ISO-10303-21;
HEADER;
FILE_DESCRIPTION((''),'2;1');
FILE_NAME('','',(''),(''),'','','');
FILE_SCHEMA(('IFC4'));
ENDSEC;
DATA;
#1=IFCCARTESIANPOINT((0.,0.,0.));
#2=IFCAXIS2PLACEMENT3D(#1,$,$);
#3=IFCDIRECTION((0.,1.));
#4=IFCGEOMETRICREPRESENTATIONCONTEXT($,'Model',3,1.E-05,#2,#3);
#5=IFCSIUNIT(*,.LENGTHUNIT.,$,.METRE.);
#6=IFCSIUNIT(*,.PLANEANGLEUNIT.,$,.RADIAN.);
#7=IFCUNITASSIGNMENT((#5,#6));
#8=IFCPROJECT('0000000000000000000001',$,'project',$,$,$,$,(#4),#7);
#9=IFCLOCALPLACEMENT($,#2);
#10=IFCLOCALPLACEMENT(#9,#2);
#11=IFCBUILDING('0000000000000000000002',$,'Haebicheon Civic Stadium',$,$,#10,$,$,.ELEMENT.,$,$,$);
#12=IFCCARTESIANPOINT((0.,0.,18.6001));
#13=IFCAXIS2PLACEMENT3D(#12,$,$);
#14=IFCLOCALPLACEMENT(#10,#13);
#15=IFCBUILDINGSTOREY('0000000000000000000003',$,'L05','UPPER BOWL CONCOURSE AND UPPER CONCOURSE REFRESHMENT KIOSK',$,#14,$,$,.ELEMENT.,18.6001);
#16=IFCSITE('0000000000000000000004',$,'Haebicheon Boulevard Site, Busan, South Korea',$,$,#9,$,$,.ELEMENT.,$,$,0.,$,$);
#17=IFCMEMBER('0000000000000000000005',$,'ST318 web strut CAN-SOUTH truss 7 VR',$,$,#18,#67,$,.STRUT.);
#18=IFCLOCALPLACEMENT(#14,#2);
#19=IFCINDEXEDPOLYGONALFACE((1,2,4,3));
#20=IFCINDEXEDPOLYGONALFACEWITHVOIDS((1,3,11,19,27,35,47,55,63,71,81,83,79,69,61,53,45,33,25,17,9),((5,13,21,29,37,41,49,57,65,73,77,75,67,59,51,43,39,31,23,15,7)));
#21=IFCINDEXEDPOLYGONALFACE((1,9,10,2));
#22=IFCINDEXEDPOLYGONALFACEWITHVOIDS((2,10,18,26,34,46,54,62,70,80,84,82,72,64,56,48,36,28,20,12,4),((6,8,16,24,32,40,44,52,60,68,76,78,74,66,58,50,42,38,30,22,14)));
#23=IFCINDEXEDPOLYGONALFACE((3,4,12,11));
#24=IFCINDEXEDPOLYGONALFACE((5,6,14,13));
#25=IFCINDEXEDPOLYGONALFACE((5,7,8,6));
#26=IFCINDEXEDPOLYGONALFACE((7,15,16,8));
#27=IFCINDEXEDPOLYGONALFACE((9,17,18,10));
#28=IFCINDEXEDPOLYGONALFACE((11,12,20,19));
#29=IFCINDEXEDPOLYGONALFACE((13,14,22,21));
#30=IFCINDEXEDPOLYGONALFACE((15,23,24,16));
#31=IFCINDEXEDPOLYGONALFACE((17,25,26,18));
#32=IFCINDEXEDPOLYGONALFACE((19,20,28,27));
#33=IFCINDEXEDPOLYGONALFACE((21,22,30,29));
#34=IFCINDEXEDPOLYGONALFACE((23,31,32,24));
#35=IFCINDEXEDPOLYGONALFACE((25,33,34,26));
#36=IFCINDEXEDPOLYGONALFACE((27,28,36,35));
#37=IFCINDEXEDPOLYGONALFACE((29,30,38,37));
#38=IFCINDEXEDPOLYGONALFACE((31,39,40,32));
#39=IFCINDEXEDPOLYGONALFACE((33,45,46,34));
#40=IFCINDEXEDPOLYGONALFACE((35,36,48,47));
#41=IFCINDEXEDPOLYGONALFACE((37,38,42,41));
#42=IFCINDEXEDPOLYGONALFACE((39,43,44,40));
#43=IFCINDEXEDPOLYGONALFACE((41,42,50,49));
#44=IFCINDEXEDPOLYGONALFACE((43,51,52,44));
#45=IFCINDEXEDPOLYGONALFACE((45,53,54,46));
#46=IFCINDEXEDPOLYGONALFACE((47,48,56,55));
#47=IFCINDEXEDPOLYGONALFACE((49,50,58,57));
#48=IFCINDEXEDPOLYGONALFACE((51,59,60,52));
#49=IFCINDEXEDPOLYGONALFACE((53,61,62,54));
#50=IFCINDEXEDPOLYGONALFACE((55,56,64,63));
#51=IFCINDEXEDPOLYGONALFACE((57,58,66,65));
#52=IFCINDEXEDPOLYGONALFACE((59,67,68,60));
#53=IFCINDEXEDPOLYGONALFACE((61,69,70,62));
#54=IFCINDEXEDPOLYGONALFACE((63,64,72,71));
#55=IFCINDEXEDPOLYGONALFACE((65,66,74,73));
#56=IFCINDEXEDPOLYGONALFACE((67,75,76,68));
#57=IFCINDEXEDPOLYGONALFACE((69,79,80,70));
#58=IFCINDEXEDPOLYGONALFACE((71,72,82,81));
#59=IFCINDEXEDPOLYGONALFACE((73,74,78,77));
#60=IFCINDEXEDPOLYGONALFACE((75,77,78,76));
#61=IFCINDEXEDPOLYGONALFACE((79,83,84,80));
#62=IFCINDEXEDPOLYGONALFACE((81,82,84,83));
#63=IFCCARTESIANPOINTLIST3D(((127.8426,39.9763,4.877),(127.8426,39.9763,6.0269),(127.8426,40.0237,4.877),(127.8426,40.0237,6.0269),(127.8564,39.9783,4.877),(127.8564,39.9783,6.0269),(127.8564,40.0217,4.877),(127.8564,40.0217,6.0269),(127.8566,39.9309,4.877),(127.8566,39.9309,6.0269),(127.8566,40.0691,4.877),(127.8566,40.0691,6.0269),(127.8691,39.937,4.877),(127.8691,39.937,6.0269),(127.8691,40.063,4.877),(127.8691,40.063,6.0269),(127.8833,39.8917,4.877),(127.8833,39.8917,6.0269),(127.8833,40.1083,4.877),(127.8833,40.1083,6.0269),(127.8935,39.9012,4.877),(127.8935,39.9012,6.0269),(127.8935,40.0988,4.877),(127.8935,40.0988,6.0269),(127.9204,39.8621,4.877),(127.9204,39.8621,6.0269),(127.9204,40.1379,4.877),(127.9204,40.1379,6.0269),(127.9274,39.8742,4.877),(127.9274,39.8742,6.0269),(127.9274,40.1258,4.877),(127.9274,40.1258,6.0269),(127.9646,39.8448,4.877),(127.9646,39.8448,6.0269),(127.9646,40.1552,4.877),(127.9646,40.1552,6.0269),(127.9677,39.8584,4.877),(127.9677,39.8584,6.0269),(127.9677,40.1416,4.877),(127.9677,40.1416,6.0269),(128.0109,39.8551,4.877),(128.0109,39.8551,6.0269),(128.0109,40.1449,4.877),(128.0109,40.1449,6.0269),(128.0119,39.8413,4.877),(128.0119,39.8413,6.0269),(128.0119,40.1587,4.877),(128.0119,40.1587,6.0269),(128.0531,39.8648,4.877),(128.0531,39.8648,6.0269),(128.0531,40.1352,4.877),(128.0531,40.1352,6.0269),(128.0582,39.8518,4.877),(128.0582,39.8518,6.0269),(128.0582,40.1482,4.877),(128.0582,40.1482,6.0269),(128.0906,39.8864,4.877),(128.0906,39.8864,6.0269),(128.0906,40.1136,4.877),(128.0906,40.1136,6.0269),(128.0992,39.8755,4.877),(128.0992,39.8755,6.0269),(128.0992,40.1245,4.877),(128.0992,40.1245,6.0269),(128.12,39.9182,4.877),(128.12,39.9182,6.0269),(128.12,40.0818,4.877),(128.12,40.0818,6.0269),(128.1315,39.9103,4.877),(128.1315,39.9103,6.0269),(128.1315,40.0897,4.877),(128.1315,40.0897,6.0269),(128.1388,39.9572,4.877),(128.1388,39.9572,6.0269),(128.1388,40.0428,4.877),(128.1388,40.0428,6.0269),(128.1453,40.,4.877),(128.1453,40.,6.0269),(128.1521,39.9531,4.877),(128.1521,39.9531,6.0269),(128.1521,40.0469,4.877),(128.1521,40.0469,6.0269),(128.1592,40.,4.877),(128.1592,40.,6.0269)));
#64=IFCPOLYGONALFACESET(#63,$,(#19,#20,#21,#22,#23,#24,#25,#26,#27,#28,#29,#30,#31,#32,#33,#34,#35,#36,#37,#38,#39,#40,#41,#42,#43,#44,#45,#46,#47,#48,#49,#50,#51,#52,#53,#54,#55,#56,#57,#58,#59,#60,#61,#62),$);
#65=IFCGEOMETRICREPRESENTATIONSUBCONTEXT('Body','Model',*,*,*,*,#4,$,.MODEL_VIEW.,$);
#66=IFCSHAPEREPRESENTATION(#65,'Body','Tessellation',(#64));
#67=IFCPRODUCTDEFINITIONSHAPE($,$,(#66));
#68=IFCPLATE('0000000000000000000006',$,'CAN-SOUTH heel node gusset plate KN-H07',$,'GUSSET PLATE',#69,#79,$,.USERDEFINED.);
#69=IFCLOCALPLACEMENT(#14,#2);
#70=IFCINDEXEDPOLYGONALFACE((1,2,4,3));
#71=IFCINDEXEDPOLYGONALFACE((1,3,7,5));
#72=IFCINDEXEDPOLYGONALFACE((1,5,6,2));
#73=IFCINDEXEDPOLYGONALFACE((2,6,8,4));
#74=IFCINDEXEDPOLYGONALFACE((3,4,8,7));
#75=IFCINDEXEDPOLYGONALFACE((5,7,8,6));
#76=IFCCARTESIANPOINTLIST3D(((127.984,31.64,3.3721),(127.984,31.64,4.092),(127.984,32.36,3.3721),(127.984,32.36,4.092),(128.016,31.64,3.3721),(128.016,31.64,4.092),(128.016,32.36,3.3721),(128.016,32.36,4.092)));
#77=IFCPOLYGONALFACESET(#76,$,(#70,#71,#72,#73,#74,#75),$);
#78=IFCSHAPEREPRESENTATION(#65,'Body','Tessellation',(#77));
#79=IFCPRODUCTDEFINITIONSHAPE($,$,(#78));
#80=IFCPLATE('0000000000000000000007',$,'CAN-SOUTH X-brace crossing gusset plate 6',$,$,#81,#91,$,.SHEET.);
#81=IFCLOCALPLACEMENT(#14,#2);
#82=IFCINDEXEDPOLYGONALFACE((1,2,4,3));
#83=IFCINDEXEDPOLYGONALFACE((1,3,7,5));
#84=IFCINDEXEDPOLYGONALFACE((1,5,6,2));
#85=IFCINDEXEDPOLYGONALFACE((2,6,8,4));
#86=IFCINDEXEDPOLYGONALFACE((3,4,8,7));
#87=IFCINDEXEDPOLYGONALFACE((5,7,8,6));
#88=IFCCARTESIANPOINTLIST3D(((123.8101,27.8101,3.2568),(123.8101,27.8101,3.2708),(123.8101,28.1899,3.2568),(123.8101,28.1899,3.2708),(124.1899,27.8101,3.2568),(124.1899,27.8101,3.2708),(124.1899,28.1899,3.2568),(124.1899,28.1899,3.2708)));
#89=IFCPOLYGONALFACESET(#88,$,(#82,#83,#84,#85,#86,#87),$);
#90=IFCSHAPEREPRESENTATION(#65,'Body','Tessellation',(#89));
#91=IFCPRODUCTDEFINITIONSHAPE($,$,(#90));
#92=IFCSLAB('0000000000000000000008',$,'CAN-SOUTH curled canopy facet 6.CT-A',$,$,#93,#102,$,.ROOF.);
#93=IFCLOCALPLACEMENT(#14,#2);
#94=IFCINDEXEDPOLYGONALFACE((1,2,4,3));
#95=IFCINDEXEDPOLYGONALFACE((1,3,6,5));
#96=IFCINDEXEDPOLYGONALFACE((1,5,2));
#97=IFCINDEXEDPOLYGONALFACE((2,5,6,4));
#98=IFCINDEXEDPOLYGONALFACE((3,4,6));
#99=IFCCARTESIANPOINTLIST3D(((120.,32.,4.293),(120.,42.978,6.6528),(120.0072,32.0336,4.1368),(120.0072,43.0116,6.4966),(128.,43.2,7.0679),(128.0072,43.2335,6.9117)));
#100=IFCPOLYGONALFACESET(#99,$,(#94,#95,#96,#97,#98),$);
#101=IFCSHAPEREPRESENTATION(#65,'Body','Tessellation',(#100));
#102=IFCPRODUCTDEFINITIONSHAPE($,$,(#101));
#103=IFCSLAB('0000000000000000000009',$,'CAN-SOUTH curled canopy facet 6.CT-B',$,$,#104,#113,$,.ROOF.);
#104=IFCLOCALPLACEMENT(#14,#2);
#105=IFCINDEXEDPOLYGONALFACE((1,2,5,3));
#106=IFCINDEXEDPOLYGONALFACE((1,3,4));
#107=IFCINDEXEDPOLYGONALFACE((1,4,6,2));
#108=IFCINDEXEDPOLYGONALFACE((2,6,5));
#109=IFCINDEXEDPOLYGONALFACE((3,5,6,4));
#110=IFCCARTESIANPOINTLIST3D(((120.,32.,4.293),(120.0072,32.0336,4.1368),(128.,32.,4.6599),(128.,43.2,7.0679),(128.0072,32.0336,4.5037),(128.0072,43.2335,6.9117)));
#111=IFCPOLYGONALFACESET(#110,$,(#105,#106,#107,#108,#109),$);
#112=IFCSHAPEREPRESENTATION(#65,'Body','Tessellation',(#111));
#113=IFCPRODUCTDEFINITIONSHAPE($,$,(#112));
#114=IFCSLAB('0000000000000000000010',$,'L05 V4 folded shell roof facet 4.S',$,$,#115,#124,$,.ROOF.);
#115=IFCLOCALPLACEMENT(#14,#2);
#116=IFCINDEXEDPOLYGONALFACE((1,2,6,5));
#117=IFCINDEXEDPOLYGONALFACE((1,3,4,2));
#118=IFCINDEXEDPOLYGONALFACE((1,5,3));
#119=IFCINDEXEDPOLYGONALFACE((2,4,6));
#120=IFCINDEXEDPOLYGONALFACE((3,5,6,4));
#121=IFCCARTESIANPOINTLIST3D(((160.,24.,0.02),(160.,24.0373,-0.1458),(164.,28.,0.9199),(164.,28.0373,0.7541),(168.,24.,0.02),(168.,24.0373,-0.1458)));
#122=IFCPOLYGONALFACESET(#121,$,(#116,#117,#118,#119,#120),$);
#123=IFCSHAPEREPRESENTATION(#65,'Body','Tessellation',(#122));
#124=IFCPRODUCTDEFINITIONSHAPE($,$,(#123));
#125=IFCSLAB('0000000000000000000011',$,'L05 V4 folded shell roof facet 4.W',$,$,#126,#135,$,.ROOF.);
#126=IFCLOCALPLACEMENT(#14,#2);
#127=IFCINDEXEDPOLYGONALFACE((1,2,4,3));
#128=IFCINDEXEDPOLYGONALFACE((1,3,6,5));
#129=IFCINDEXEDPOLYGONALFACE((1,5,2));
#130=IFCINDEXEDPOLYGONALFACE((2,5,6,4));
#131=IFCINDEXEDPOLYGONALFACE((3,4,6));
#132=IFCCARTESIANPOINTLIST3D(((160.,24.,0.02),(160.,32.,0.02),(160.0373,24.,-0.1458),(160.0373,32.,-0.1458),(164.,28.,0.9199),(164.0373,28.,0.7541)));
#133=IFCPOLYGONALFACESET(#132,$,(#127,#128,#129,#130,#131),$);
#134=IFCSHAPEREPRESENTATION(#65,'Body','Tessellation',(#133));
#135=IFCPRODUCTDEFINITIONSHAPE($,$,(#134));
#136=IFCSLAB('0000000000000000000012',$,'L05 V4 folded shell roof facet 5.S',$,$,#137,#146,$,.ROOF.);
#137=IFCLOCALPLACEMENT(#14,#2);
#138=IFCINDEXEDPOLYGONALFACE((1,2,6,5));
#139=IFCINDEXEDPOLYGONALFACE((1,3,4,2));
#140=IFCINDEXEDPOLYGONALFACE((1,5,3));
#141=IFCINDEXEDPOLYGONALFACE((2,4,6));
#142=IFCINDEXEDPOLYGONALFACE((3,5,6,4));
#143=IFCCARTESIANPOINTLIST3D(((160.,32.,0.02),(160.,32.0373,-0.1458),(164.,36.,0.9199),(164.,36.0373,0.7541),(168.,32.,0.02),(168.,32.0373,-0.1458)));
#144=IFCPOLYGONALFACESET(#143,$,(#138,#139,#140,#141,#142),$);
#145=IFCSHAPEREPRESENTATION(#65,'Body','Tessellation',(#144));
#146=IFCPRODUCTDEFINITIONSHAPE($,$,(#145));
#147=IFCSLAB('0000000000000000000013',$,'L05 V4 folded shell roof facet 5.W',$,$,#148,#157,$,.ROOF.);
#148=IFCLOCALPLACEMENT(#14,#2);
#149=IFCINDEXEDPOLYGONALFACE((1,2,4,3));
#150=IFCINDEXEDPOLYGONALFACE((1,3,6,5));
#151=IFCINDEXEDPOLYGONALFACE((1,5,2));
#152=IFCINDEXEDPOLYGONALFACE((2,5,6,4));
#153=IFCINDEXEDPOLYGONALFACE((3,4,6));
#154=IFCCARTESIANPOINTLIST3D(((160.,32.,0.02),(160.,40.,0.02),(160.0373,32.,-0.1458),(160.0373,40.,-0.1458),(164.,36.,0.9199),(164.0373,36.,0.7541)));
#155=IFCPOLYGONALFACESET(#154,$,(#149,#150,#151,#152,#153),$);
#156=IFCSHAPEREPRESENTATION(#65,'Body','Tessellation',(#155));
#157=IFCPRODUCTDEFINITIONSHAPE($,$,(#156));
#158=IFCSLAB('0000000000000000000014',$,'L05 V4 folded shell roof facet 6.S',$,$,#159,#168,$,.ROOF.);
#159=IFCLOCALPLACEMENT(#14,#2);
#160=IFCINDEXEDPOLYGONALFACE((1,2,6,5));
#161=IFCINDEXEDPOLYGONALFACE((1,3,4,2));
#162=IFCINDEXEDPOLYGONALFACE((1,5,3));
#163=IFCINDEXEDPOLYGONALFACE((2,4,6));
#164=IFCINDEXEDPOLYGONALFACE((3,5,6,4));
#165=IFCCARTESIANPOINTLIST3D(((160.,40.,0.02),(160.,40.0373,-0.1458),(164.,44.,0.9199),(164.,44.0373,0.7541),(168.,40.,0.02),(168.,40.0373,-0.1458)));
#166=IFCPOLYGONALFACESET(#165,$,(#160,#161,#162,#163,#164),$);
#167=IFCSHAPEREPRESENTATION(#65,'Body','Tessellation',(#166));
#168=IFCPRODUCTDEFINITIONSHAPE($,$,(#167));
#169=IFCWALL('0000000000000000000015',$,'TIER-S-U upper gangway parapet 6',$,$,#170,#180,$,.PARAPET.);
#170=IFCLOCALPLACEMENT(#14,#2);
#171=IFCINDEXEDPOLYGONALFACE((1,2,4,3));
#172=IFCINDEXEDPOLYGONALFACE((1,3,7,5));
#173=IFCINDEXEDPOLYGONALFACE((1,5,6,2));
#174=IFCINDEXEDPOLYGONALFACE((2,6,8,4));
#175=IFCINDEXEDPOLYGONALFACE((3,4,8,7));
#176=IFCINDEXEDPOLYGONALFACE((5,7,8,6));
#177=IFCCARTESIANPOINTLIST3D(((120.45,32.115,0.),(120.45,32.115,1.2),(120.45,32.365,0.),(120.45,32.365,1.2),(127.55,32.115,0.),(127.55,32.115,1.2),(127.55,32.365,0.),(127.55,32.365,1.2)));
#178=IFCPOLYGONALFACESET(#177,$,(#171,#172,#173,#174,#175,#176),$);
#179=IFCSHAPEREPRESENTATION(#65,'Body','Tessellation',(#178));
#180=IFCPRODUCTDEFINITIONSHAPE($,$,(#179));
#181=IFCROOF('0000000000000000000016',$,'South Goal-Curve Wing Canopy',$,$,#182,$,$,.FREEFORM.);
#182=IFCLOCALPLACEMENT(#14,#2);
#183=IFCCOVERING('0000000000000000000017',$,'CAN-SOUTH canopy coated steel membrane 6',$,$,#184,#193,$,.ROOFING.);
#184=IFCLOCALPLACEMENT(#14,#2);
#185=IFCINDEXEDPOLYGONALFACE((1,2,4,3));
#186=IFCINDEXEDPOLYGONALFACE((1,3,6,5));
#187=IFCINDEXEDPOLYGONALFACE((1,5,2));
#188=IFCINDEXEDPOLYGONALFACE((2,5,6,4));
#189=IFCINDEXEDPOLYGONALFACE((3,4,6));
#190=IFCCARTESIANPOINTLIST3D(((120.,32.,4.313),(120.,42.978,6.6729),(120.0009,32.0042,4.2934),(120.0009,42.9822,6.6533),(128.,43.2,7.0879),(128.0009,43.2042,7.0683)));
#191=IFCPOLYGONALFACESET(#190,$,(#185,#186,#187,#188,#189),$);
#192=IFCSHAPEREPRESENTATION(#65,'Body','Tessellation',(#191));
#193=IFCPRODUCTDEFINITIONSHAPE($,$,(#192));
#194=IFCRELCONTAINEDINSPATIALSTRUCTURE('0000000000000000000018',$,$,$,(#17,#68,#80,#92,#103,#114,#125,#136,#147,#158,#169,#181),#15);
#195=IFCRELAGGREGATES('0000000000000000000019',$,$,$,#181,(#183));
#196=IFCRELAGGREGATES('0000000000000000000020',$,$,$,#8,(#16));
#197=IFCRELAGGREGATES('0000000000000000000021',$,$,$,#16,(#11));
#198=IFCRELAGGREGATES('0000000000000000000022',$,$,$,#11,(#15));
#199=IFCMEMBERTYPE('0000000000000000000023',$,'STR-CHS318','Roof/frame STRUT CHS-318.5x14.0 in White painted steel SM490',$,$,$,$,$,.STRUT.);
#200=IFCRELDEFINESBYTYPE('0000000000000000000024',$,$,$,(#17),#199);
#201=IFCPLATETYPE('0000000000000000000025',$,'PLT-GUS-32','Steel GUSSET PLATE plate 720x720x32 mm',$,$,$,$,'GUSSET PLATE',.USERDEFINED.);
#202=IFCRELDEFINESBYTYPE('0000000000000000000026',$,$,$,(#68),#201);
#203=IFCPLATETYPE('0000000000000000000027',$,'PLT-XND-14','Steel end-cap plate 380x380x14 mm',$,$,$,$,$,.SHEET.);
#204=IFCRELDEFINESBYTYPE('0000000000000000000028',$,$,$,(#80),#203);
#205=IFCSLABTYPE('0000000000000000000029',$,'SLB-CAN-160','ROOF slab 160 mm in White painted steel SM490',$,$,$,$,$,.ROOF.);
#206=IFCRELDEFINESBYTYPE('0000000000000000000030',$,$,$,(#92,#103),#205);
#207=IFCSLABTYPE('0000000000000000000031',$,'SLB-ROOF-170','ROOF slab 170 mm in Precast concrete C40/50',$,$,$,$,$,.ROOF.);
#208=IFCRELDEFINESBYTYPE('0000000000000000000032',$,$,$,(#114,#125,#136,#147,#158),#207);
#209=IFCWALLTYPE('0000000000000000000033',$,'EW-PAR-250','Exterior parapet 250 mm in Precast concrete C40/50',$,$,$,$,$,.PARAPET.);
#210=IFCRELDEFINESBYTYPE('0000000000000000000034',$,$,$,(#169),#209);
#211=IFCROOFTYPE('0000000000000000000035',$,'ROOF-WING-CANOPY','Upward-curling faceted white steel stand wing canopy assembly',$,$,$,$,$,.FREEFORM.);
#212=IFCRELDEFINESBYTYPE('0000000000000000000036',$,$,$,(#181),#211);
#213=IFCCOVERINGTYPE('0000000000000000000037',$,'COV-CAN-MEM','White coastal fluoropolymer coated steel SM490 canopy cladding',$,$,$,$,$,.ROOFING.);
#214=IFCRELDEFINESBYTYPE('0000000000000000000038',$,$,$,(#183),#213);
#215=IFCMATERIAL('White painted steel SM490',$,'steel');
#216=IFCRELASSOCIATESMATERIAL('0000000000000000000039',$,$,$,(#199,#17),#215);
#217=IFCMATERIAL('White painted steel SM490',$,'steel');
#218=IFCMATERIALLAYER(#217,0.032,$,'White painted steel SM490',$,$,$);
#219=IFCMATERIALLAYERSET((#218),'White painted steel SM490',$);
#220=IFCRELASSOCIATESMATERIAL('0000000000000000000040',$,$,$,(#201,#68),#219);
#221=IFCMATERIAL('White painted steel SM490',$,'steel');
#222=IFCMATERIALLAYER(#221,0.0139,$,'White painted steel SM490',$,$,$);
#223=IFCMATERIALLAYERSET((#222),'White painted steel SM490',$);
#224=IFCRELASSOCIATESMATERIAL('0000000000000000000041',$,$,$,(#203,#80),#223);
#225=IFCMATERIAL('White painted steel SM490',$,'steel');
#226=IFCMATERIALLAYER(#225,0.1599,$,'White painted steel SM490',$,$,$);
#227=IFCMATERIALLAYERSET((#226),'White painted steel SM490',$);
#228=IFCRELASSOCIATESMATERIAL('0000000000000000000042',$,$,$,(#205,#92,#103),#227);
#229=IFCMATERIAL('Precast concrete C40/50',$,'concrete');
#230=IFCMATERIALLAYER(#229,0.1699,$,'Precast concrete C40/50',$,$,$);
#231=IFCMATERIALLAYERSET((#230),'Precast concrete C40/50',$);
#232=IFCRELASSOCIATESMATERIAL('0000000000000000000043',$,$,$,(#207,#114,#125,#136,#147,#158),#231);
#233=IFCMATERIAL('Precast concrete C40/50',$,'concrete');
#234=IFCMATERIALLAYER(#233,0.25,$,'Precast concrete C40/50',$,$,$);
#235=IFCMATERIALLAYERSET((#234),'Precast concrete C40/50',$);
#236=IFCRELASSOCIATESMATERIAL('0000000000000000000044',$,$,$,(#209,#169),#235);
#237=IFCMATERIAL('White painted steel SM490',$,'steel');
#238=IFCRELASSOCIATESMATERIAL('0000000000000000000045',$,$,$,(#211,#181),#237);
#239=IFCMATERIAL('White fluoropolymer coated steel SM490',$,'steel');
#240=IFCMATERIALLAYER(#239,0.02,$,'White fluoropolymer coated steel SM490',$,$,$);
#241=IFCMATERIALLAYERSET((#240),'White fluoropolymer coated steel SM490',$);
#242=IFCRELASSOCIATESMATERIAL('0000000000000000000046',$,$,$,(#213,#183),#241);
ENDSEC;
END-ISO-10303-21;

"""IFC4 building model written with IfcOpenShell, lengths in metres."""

from ifc_helpers import new_model, si_unit, direction, frame, frame_2d, origin, origin_2d, place, context, subcontext, project, spatial, polyline, rectangle, hollow_circle, outline, extrude, material, layer, layer_set, material_profile, profile_set, type_object, element, aggregate, save


model = new_model("IFC4")

# Units and contexts
model_context = context("Model", 3, precision=1e-05, world=origin(), true_north=direction((0.0, 1.0)))
body_context = subcontext(model_context, "Body", "Model", "MODEL_VIEW")
ifc_project = project(units=[si_unit("LENGTHUNIT", "METRE"), si_unit("PLANEANGLEUNIT", "RADIAN")], contexts=[model_context])

# Site, building, storey
site_placement = place(None, origin())
site = spatial("IfcSite", under=ifc_project, at=site_placement, Name="Haebicheon Boulevard Site, Busan, South Korea", CompositionType="ELEMENT", RefElevation=0.0)
building_placement = place(site_placement, origin())
building = spatial("IfcBuilding", under=site, at=building_placement, Name="Haebicheon Civic Stadium", CompositionType="ELEMENT")
storey_placement = place(building_placement, frame((0.0, 0.0, 18.6001)))
storey = spatial("IfcBuildingStorey", under=building, at=storey_placement, Name="L05", Description="UPPER BOWL CONCOURSE AND UPPER CONCOURSE REFRESHMENT KIOSK", CompositionType="ELEMENT", Elevation=18.6001)

# Member
ifc_material_1 = material(Name="White painted steel SM490", Category="steel")
ifc_material_profile_1 = material_profile(ifc_material_1, hollow_circle(Radius=0.1592, WallThickness=0.0139, at=origin_2d()), Name="CHS-318.5x14.0")
ifc_profile_set_1 = profile_set([ifc_material_profile_1], Name="White painted steel SM490")
member_type_1 = type_object("IfcMemberType", Name="STR-CHS318", Description="Roof/frame STRUT CHS-318.5x14.0 in White painted steel SM490", PredefinedType="STRUT", material=ifc_profile_set_1)
for number, where, z_axis, x_axis, name in (
    (1, (128.0, 40.0, 4.877), (0.0, 0.0, 1.0), (1.0, 0.0, 0.0), "ST318 web strut CAN-SOUTH truss 7 VR"),
):
    element("IfcMember", number, at=place(storey_placement, frame(where, z_axis=z_axis, x_axis=x_axis)), inside=storey, type_object=member_type_1, material=ifc_profile_set_1, Name=name, PredefinedType="STRUT", context=body_context, shape_type="SweptSolid", body=[
        extrude(hollow_circle(Radius=0.1592, WallThickness=0.0139, at=origin_2d()), origin(), (0.0, 0.0, 1.0), 1.1499),
    ])

# Plates
ifc_material_2 = material(Name="White painted steel SM490", Category="steel")
ifc_layer_1 = layer(ifc_material_2, 0.032, Name="White painted steel SM490")
ifc_layer_set_1 = layer_set([ifc_layer_1], Name="White painted steel SM490")
plate_type_1 = type_object("IfcPlateType", Name="PLT-GUS-32", Description="Steel GUSSET PLATE plate 720x720x32 mm", ElementType="GUSSET PLATE", PredefinedType="USERDEFINED", material=ifc_layer_set_1)
plate_1_placement = place(storey_placement, frame((128.0, 32.0, 3.3721), z_axis=(0.0, 0.0, 1.0), x_axis=(0.0, 1.0, 0.0)))
element("IfcPlate", 2, at=plate_1_placement, inside=storey, type_object=plate_type_1, material=ifc_layer_set_1, Name="CAN-SOUTH heel node gusset plate KN-H07", ObjectType="GUSSET PLATE", PredefinedType="USERDEFINED", context=body_context, shape_type="SweptSolid", body=[
    extrude(rectangle(XDim=0.72, YDim=0.032, at=origin_2d()), origin(), (0.0, 0.0, 1.0), 0.72),
])
ifc_material_3 = material(Name="White painted steel SM490", Category="steel")
ifc_layer_2 = layer(ifc_material_3, 0.0139, Name="White painted steel SM490")
ifc_layer_set_2 = layer_set([ifc_layer_2], Name="White painted steel SM490")
plate_type_2 = type_object("IfcPlateType", Name="PLT-XND-14", Description="Steel end-cap plate 380x380x14 mm", PredefinedType="SHEET", material=ifc_layer_set_2)
plate_2_placement = place(storey_placement, frame((124.0, 28.0, 3.2568), z_axis=(0.0, 0.0, 1.0), x_axis=(1.0, 0.0, 0.0)))
element("IfcPlate", 3, at=plate_2_placement, inside=storey, type_object=plate_type_2, material=ifc_layer_set_2, Name="CAN-SOUTH X-brace crossing gusset plate 6", PredefinedType="SHEET", context=body_context, shape_type="SweptSolid", body=[
    extrude(rectangle(XDim=0.3799, YDim=0.3799, at=origin_2d()), origin(), (0.0, 0.0, 1.0), 0.0139),
])

# Slabs
ifc_material_4 = material(Name="White painted steel SM490", Category="steel")
ifc_layer_3 = layer(ifc_material_4, 0.1599, Name="White painted steel SM490")
ifc_layer_set_3 = layer_set([ifc_layer_3], Name="White painted steel SM490")
slab_type_1 = type_object("IfcSlabType", Name="SLB-CAN-160", Description="ROOF slab 160 mm in White painted steel SM490", PredefinedType="ROOF", material=ifc_layer_set_3)
slab_1_placement = place(storey_placement, frame((120.0, 32.0, 4.293), z_axis=(-0.044846, -0.20995, 0.976683), x_axis=(0.0, 0.977667, 0.210162)))
element("IfcSlab", 4, at=slab_1_placement, inside=storey, type_object=slab_type_1, material=ifc_layer_set_3, Name="CAN-SOUTH curled canopy facet 6.CT-A", PredefinedType="ROOF", context=body_context, shape_type="SweptSolid", body=[
    extrude(outline(polyline([(0.0, 0.0), (11.2288, 0.0), (11.533, -8.0081), (0.0, 0.0)])), origin(), (0.0, 0.0, -1.0), 0.1599),
])
slab_2_placement = place(storey_placement, frame((120.0, 32.0, 4.293), z_axis=(-0.044798, -0.209983, 0.976678), x_axis=(0.569775, 0.797682, 0.197634)))
element("IfcSlab", 5, at=slab_2_placement, inside=storey, type_object=slab_type_1, material=ifc_layer_set_3, Name="CAN-SOUTH curled canopy facet 6.CT-B", PredefinedType="ROOF", context=body_context, shape_type="SweptSolid", body=[
    extrude(outline(polyline([(0.0, 0.0), (14.0406, 0.0), (4.6307, -6.5338), (0.0, 0.0)])), origin(), (0.0, 0.0, -1.0), 0.1599),
])
ifc_material_5 = material(Name="Precast concrete C40/50", Category="concrete")
ifc_layer_4 = layer(ifc_material_5, 0.1699, Name="Precast concrete C40/50")
ifc_layer_set_4 = layer_set([ifc_layer_4], Name="Precast concrete C40/50")
slab_type_2 = type_object("IfcSlabType", Name="SLB-ROOF-170", Description="ROOF slab 170 mm in Precast concrete C40/50", PredefinedType="ROOF", material=ifc_layer_set_4)
for number, where, z_axis, x_axis, name in (
    (6, (160.0, 24.0, 0.02), (0.0, -0.21949, 0.975615), (1.0, 0.0, 0.0), "L05 V4 folded shell roof facet 4.S"),
    (7, (160.0, 32.0, 0.02), (-0.21949, 0.0, 0.975615), (0.0, -1.0, 0.0), "L05 V4 folded shell roof facet 4.W"),
    (8, (160.0, 32.0, 0.02), (0.0, -0.21949, 0.975615), (1.0, 0.0, 0.0), "L05 V4 folded shell roof facet 5.S"),
    (9, (160.0, 40.0, 0.02), (-0.21949, 0.0, 0.975615), (0.0, -1.0, 0.0), "L05 V4 folded shell roof facet 5.W"),
    (10, (160.0, 40.0, 0.02), (0.0, -0.21949, 0.975615), (1.0, 0.0, 0.0), "L05 V4 folded shell roof facet 6.S"),
):
    element("IfcSlab", number, at=place(storey_placement, frame(where, z_axis=z_axis, x_axis=x_axis)), inside=storey, type_object=slab_type_2, material=ifc_layer_set_4, Name=name, PredefinedType="ROOF", context=body_context, shape_type="SweptSolid", body=[
        extrude(outline(polyline([(0.0, 0.0), (8.0, 0.0), (4.0, 4.1), (0.0, 0.0)])), origin(), (0.0, 0.0, -1.0), 0.1699),
    ])

# Wall
ifc_material_6 = material(Name="Precast concrete C40/50", Category="concrete")
ifc_layer_5 = layer(ifc_material_6, 0.25, Name="Precast concrete C40/50")
ifc_layer_set_5 = layer_set([ifc_layer_5], Name="Precast concrete C40/50")
wall_type = type_object("IfcWallType", Name="EW-PAR-250", Description="Exterior parapet 250 mm in Precast concrete C40/50", PredefinedType="PARAPET", material=ifc_layer_set_5)
wall_placement = place(storey_placement, frame((120.45, 32.24, 0.0), z_axis=(0.0, 0.0, 1.0), x_axis=(1.0, 0.0, 0.0)))
element("IfcWall", 11, at=wall_placement, inside=storey, type_object=wall_type, material=ifc_layer_set_5, Name="TIER-S-U upper gangway parapet 6", PredefinedType="PARAPET", context=body_context, shape_type="SweptSolid", body=[
    extrude(rectangle(XDim=7.1001, YDim=0.25, at=frame_2d((3.55, 0.0))), origin(), (0.0, 0.0, 1.0), 1.2),
])

# Roof, covering
ifc_material_7 = material(Name="White painted steel SM490", Category="steel")
roof_type = type_object("IfcRoofType", Name="ROOF-WING-CANOPY", Description="Upward-curling faceted white steel stand wing canopy assembly", PredefinedType="FREEFORM", material=ifc_material_7)
roof_placement = place(storey_placement, origin())
roof = element("IfcRoof", 12, at=roof_placement, inside=storey, type_object=roof_type, material=ifc_material_7, Name="South Goal-Curve Wing Canopy", PredefinedType="FREEFORM")
ifc_material_8 = material(Name="White fluoropolymer coated steel SM490", Category="steel")
ifc_layer_6 = layer(ifc_material_8, 0.02, Name="White fluoropolymer coated steel SM490")
ifc_layer_set_6 = layer_set([ifc_layer_6], Name="White fluoropolymer coated steel SM490")
covering_type = type_object("IfcCoveringType", Name="COV-CAN-MEM", Description="White coastal fluoropolymer coated steel SM490 canopy cladding", PredefinedType="ROOFING", material=ifc_layer_set_6)
covering_placement = place(storey_placement, frame((120.0, 32.0, 4.313), z_axis=(-0.044846, -0.20995, 0.976683), x_axis=(0.0, 0.977667, 0.210162)))
covering = element("IfcCovering", 13, at=covering_placement, type_object=covering_type, material=ifc_layer_set_6, Name="CAN-SOUTH canopy coated steel membrane 6", PredefinedType="ROOFING", context=body_context, shape_type="SweptSolid", body=[
    extrude(outline(polyline([(0.0, 0.0), (11.2288, 0.0), (11.533, -8.0081), (0.0, 0.0)])), origin(), (0.0, 0.0, -1.0), 0.02),
])
aggregate(roof, [covering])

save(model, "model.ifc")
